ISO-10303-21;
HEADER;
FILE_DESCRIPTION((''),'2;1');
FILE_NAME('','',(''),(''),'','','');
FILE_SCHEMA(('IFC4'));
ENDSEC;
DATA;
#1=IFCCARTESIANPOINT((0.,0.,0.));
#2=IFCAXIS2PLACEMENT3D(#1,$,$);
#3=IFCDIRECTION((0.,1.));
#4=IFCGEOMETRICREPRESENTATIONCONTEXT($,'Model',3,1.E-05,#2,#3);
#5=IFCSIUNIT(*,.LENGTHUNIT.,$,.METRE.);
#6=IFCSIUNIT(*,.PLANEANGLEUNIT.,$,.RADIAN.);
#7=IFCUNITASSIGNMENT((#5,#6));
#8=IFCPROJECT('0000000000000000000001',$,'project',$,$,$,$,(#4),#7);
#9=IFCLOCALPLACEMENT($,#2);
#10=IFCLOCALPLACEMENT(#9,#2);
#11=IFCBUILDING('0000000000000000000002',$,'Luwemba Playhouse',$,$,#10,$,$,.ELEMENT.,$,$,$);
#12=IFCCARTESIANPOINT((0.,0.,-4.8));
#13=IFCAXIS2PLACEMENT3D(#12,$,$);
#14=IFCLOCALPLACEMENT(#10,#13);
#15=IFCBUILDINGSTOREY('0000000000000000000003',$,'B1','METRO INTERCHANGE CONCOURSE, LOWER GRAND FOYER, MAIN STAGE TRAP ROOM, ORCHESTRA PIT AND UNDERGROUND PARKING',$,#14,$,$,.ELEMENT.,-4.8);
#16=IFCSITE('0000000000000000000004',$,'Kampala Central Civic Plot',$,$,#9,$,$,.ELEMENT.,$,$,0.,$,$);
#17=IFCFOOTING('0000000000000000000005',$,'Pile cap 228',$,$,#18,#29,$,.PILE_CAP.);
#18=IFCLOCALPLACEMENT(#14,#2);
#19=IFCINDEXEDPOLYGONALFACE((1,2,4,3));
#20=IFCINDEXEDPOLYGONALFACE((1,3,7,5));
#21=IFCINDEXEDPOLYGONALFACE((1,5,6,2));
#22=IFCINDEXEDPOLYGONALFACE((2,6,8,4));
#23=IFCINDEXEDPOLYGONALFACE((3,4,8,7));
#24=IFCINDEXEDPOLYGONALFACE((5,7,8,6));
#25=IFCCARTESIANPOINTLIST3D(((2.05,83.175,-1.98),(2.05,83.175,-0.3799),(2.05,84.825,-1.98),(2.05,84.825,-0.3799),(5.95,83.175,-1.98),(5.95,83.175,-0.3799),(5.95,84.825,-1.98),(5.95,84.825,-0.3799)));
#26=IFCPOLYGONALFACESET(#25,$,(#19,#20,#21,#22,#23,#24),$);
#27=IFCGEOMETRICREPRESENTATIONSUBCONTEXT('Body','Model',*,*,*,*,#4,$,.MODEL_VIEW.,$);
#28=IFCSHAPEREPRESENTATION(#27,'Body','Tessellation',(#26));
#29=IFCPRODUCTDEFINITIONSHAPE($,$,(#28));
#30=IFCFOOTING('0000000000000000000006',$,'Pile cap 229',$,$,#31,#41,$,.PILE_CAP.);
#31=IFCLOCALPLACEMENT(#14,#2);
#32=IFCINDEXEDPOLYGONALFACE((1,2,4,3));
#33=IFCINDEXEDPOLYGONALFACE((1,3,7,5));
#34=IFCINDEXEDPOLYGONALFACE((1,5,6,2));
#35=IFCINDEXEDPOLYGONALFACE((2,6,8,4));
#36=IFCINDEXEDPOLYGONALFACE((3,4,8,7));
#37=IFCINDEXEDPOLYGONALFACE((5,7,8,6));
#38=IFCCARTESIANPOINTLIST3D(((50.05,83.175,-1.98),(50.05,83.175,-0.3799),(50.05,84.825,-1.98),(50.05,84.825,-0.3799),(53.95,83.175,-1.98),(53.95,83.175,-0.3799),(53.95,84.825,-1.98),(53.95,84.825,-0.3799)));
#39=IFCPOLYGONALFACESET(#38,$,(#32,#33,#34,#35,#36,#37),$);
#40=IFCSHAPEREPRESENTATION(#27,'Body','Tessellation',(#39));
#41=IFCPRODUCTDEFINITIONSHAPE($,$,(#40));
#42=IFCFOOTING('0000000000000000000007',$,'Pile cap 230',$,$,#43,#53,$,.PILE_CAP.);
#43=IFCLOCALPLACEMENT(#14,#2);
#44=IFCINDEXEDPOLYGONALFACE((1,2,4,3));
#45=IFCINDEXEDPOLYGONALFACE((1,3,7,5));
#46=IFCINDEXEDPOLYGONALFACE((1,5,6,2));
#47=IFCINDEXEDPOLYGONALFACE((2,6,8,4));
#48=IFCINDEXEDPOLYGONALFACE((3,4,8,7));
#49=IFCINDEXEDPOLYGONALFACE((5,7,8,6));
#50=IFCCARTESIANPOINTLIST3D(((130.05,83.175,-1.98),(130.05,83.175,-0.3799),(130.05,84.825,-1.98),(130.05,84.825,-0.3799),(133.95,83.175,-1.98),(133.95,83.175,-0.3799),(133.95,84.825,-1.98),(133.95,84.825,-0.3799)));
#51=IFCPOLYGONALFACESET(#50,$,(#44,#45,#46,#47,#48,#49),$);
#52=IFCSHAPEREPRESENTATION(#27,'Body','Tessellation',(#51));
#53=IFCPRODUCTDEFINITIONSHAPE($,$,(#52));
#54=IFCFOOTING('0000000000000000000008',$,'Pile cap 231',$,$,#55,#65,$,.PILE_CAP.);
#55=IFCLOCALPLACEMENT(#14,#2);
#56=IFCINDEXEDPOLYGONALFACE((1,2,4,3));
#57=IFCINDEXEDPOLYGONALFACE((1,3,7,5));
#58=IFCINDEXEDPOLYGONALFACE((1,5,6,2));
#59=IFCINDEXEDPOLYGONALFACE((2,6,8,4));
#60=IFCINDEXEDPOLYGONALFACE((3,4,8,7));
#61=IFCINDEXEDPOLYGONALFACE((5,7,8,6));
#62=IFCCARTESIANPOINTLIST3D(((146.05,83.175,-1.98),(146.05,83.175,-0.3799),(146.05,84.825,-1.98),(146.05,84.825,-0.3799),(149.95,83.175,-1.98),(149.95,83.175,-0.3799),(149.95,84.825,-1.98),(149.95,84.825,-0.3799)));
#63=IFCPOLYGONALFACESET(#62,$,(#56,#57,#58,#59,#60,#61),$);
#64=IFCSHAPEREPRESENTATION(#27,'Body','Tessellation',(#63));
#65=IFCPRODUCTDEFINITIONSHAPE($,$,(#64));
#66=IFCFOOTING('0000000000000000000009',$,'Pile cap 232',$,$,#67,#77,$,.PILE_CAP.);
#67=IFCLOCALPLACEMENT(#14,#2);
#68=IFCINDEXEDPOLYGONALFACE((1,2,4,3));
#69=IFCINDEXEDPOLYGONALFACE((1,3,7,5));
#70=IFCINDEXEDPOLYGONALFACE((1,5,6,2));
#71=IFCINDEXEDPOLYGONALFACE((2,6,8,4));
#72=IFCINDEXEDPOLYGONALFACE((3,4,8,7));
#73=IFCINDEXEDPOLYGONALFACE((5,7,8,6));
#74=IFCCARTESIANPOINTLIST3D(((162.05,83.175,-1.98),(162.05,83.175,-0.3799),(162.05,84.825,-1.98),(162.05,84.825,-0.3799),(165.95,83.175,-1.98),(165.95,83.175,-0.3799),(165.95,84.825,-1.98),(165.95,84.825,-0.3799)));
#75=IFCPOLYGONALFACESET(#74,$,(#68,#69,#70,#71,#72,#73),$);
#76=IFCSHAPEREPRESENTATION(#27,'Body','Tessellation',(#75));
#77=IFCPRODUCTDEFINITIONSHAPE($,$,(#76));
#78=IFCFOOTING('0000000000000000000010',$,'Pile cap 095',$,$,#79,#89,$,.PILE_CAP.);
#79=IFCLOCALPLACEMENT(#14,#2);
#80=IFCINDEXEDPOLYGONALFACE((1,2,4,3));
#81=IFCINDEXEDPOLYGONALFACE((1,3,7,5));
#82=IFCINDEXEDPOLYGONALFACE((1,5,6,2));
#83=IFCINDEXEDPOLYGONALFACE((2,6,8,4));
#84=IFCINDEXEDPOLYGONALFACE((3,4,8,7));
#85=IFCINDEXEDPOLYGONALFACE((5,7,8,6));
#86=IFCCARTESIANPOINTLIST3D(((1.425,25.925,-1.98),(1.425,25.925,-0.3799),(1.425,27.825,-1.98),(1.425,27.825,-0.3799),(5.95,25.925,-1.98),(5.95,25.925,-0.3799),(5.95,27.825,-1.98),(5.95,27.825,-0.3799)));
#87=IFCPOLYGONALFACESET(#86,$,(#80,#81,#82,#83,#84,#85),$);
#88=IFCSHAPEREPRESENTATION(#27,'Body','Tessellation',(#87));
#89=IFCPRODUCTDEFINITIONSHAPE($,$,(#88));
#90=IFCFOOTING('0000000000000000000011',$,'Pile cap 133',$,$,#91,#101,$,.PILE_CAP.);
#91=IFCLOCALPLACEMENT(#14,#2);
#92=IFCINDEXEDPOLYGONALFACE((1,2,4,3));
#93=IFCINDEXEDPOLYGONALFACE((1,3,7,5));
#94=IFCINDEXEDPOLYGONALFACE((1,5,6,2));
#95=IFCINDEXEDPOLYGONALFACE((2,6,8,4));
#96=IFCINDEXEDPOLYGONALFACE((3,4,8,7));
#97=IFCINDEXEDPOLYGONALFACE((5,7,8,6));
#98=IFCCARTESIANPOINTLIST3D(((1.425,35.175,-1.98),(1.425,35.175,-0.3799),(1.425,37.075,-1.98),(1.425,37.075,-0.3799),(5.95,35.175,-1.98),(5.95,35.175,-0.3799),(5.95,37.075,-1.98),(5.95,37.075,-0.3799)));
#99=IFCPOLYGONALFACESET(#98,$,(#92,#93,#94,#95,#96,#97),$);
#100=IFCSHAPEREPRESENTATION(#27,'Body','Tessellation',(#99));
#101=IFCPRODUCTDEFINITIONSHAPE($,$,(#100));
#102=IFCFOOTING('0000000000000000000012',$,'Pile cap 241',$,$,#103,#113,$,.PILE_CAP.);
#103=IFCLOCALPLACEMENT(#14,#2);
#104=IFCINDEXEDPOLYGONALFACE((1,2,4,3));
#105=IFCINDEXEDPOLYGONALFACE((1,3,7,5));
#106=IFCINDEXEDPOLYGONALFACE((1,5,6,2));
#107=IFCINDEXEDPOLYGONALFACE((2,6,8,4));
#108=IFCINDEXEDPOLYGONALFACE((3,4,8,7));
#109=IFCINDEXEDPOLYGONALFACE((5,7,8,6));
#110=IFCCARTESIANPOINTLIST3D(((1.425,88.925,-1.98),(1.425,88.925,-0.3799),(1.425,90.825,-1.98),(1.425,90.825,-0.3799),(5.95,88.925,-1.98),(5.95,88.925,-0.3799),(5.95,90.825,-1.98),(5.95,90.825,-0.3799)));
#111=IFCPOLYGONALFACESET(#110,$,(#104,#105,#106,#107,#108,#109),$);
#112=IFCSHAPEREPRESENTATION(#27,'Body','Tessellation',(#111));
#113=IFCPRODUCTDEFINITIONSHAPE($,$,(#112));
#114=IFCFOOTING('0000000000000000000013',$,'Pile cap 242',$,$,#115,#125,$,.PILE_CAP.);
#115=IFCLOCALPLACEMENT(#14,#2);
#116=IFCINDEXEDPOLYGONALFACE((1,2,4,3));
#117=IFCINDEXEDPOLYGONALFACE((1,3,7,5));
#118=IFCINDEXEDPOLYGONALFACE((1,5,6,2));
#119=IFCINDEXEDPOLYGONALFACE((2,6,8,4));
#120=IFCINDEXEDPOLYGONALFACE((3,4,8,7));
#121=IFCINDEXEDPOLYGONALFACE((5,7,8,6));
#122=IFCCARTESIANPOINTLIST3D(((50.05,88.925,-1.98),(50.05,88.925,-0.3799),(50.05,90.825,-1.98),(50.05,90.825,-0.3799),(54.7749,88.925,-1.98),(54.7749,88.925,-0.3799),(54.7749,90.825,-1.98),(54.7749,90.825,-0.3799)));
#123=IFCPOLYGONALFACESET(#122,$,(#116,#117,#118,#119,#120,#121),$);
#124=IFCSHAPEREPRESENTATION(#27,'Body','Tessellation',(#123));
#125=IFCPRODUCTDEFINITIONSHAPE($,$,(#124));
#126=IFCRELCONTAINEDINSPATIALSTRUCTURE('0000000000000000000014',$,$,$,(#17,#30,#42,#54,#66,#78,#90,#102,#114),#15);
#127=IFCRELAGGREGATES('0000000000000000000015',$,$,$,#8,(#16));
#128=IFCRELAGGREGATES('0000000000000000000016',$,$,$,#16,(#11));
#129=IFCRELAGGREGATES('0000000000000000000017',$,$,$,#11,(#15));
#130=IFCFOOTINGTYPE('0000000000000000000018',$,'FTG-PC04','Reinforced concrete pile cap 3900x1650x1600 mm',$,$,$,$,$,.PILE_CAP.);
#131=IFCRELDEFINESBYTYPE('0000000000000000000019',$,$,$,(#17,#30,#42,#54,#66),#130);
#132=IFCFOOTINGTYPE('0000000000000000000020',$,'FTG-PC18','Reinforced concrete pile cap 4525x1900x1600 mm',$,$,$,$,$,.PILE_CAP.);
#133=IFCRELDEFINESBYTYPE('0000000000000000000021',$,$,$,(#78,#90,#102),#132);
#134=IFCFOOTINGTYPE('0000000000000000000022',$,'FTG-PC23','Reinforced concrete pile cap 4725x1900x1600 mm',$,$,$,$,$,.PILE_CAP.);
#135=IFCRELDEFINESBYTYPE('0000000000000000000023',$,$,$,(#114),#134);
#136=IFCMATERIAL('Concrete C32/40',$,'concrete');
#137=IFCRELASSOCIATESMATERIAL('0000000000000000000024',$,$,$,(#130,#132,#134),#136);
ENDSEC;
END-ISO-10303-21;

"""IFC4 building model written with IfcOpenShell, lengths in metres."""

from ifc_helpers import new_model, si_unit, direction, frame, origin, place, context, subcontext, project, spatial, polyline, outline, extrude, material, type_object, element, save


model = new_model("IFC4")

# Units and contexts
model_context = context("Model", 3, precision=1e-05, world=origin(), true_north=direction((0.0, 1.0)))
body_context = subcontext(model_context, "Body", "Model", "MODEL_VIEW")
ifc_project = project(units=[si_unit("LENGTHUNIT", "METRE"), si_unit("PLANEANGLEUNIT", "RADIAN")], contexts=[model_context])

# Site, building, storey
site_placement = place(None, origin())
site = spatial("IfcSite", under=ifc_project, at=site_placement, Name="Kampala Central Civic Plot", CompositionType="ELEMENT", RefElevation=0.0)
building_placement = place(site_placement, origin())
building = spatial("IfcBuilding", under=site, at=building_placement, Name="Luwemba Playhouse", CompositionType="ELEMENT")
storey_placement = place(building_placement, frame((0.0, 0.0, -4.8)))
storey = spatial("IfcBuildingStorey", under=building, at=storey_placement, Name="B1", Description="METRO INTERCHANGE CONCOURSE, LOWER GRAND FOYER, MAIN STAGE TRAP ROOM, ORCHESTRA PIT AND UNDERGROUND PARKING", CompositionType="ELEMENT", Elevation=-4.8)

# Footings
ifc_material = material(Name="Concrete C32/40", Category="concrete")
footing_type_1 = type_object("IfcFootingType", Name="FTG-PC04", Description="Reinforced concrete pile cap 3900x1650x1600 mm", PredefinedType="PILE_CAP", material=ifc_material)
footing_1_placement = place(storey_placement, frame((0.0, 0.0, -1.98)))
element("IfcFooting", 1, at=footing_1_placement, inside=storey, type_object=footing_type_1, Name="Pile cap 228", PredefinedType="PILE_CAP", context=body_context, shape_type="SweptSolid", body=[
    extrude(outline(polyline([(2.05, 83.175), (5.95, 83.175), (5.95, 84.825), (2.05, 84.825), (2.05, 83.175)])), origin(), (0.0, 0.0, 1.0), 1.6001),
])
footing_2_placement = place(storey_placement, frame((0.0, 0.0, -1.98)))
element("IfcFooting", 2, at=footing_2_placement, inside=storey, type_object=footing_type_1, Name="Pile cap 229", PredefinedType="PILE_CAP", context=body_context, shape_type="SweptSolid", body=[
    extrude(outline(polyline([(50.05, 83.175), (53.95, 83.175), (53.95, 84.825), (50.05, 84.825), (50.05, 83.175)])), origin(), (0.0, 0.0, 1.0), 1.6001),
])
footing_3_placement = place(storey_placement, frame((0.0, 0.0, -1.98)))
element("IfcFooting", 3, at=footing_3_placement, inside=storey, type_object=footing_type_1, Name="Pile cap 230", PredefinedType="PILE_CAP", context=body_context, shape_type="SweptSolid", body=[
    extrude(outline(polyline([(130.05, 83.175), (133.95, 83.175), (133.95, 84.825), (130.05, 84.825), (130.05, 83.175)])), origin(), (0.0, 0.0, 1.0), 1.6001),
])
footing_4_placement = place(storey_placement, frame((0.0, 0.0, -1.98)))
element("IfcFooting", 4, at=footing_4_placement, inside=storey, type_object=footing_type_1, Name="Pile cap 231", PredefinedType="PILE_CAP", context=body_context, shape_type="SweptSolid", body=[
    extrude(outline(polyline([(146.05, 83.175), (149.95, 83.175), (149.95, 84.825), (146.05, 84.825), (146.05, 83.175)])), origin(), (0.0, 0.0, 1.0), 1.6001),
])
footing_5_placement = place(storey_placement, frame((0.0, 0.0, -1.98)))
element("IfcFooting", 5, at=footing_5_placement, inside=storey, type_object=footing_type_1, Name="Pile cap 232", PredefinedType="PILE_CAP", context=body_context, shape_type="SweptSolid", body=[
    extrude(outline(polyline([(162.05, 83.175), (165.95, 83.175), (165.95, 84.825), (162.05, 84.825), (162.05, 83.175)])), origin(), (0.0, 0.0, 1.0), 1.6001),
])
footing_type_2 = type_object("IfcFootingType", Name="FTG-PC18", Description="Reinforced concrete pile cap 4525x1900x1600 mm", PredefinedType="PILE_CAP", material=ifc_material)
footing_6_placement = place(storey_placement, frame((0.0, 0.0, -1.98)))
element("IfcFooting", 6, at=footing_6_placement, inside=storey, type_object=footing_type_2, Name="Pile cap 095", PredefinedType="PILE_CAP", context=body_context, shape_type="SweptSolid", body=[
    extrude(outline(polyline([(1.425, 25.925), (5.95, 25.925), (5.95, 27.825), (1.425, 27.825), (1.425, 25.925)])), origin(), (0.0, 0.0, 1.0), 1.6001),
])
footing_7_placement = place(storey_placement, frame((0.0, 0.0, -1.98)))
element("IfcFooting", 7, at=footing_7_placement, inside=storey, type_object=footing_type_2, Name="Pile cap 133", PredefinedType="PILE_CAP", context=body_context, shape_type="SweptSolid", body=[
    extrude(outline(polyline([(1.425, 35.175), (5.95, 35.175), (5.95, 37.075), (1.425, 37.075), (1.425, 35.175)])), origin(), (0.0, 0.0, 1.0), 1.6001),
])
footing_8_placement = place(storey_placement, frame((0.0, 0.0, -1.98)))
element("IfcFooting", 8, at=footing_8_placement, inside=storey, type_object=footing_type_2, Name="Pile cap 241", PredefinedType="PILE_CAP", context=body_context, shape_type="SweptSolid", body=[
    extrude(outline(polyline([(1.425, 88.925), (5.95, 88.925), (5.95, 90.825), (1.425, 90.825), (1.425, 88.925)])), origin(), (0.0, 0.0, 1.0), 1.6001),
])
footing_type_3 = type_object("IfcFootingType", Name="FTG-PC23", Description="Reinforced concrete pile cap 4725x1900x1600 mm", PredefinedType="PILE_CAP", material=ifc_material)
footing_9_placement = place(storey_placement, frame((0.0, 0.0, -1.98)))
element("IfcFooting", 9, at=footing_9_placement, inside=storey, type_object=footing_type_3, Name="Pile cap 242", PredefinedType="PILE_CAP", context=body_context, shape_type="SweptSolid", body=[
    extrude(outline(polyline([(50.05, 88.925), (54.7749, 88.925), (54.7749, 90.825), (50.05, 90.825), (50.05, 88.925)])), origin(), (0.0, 0.0, 1.0), 1.6001),
])

save(model, "model.ifc")
